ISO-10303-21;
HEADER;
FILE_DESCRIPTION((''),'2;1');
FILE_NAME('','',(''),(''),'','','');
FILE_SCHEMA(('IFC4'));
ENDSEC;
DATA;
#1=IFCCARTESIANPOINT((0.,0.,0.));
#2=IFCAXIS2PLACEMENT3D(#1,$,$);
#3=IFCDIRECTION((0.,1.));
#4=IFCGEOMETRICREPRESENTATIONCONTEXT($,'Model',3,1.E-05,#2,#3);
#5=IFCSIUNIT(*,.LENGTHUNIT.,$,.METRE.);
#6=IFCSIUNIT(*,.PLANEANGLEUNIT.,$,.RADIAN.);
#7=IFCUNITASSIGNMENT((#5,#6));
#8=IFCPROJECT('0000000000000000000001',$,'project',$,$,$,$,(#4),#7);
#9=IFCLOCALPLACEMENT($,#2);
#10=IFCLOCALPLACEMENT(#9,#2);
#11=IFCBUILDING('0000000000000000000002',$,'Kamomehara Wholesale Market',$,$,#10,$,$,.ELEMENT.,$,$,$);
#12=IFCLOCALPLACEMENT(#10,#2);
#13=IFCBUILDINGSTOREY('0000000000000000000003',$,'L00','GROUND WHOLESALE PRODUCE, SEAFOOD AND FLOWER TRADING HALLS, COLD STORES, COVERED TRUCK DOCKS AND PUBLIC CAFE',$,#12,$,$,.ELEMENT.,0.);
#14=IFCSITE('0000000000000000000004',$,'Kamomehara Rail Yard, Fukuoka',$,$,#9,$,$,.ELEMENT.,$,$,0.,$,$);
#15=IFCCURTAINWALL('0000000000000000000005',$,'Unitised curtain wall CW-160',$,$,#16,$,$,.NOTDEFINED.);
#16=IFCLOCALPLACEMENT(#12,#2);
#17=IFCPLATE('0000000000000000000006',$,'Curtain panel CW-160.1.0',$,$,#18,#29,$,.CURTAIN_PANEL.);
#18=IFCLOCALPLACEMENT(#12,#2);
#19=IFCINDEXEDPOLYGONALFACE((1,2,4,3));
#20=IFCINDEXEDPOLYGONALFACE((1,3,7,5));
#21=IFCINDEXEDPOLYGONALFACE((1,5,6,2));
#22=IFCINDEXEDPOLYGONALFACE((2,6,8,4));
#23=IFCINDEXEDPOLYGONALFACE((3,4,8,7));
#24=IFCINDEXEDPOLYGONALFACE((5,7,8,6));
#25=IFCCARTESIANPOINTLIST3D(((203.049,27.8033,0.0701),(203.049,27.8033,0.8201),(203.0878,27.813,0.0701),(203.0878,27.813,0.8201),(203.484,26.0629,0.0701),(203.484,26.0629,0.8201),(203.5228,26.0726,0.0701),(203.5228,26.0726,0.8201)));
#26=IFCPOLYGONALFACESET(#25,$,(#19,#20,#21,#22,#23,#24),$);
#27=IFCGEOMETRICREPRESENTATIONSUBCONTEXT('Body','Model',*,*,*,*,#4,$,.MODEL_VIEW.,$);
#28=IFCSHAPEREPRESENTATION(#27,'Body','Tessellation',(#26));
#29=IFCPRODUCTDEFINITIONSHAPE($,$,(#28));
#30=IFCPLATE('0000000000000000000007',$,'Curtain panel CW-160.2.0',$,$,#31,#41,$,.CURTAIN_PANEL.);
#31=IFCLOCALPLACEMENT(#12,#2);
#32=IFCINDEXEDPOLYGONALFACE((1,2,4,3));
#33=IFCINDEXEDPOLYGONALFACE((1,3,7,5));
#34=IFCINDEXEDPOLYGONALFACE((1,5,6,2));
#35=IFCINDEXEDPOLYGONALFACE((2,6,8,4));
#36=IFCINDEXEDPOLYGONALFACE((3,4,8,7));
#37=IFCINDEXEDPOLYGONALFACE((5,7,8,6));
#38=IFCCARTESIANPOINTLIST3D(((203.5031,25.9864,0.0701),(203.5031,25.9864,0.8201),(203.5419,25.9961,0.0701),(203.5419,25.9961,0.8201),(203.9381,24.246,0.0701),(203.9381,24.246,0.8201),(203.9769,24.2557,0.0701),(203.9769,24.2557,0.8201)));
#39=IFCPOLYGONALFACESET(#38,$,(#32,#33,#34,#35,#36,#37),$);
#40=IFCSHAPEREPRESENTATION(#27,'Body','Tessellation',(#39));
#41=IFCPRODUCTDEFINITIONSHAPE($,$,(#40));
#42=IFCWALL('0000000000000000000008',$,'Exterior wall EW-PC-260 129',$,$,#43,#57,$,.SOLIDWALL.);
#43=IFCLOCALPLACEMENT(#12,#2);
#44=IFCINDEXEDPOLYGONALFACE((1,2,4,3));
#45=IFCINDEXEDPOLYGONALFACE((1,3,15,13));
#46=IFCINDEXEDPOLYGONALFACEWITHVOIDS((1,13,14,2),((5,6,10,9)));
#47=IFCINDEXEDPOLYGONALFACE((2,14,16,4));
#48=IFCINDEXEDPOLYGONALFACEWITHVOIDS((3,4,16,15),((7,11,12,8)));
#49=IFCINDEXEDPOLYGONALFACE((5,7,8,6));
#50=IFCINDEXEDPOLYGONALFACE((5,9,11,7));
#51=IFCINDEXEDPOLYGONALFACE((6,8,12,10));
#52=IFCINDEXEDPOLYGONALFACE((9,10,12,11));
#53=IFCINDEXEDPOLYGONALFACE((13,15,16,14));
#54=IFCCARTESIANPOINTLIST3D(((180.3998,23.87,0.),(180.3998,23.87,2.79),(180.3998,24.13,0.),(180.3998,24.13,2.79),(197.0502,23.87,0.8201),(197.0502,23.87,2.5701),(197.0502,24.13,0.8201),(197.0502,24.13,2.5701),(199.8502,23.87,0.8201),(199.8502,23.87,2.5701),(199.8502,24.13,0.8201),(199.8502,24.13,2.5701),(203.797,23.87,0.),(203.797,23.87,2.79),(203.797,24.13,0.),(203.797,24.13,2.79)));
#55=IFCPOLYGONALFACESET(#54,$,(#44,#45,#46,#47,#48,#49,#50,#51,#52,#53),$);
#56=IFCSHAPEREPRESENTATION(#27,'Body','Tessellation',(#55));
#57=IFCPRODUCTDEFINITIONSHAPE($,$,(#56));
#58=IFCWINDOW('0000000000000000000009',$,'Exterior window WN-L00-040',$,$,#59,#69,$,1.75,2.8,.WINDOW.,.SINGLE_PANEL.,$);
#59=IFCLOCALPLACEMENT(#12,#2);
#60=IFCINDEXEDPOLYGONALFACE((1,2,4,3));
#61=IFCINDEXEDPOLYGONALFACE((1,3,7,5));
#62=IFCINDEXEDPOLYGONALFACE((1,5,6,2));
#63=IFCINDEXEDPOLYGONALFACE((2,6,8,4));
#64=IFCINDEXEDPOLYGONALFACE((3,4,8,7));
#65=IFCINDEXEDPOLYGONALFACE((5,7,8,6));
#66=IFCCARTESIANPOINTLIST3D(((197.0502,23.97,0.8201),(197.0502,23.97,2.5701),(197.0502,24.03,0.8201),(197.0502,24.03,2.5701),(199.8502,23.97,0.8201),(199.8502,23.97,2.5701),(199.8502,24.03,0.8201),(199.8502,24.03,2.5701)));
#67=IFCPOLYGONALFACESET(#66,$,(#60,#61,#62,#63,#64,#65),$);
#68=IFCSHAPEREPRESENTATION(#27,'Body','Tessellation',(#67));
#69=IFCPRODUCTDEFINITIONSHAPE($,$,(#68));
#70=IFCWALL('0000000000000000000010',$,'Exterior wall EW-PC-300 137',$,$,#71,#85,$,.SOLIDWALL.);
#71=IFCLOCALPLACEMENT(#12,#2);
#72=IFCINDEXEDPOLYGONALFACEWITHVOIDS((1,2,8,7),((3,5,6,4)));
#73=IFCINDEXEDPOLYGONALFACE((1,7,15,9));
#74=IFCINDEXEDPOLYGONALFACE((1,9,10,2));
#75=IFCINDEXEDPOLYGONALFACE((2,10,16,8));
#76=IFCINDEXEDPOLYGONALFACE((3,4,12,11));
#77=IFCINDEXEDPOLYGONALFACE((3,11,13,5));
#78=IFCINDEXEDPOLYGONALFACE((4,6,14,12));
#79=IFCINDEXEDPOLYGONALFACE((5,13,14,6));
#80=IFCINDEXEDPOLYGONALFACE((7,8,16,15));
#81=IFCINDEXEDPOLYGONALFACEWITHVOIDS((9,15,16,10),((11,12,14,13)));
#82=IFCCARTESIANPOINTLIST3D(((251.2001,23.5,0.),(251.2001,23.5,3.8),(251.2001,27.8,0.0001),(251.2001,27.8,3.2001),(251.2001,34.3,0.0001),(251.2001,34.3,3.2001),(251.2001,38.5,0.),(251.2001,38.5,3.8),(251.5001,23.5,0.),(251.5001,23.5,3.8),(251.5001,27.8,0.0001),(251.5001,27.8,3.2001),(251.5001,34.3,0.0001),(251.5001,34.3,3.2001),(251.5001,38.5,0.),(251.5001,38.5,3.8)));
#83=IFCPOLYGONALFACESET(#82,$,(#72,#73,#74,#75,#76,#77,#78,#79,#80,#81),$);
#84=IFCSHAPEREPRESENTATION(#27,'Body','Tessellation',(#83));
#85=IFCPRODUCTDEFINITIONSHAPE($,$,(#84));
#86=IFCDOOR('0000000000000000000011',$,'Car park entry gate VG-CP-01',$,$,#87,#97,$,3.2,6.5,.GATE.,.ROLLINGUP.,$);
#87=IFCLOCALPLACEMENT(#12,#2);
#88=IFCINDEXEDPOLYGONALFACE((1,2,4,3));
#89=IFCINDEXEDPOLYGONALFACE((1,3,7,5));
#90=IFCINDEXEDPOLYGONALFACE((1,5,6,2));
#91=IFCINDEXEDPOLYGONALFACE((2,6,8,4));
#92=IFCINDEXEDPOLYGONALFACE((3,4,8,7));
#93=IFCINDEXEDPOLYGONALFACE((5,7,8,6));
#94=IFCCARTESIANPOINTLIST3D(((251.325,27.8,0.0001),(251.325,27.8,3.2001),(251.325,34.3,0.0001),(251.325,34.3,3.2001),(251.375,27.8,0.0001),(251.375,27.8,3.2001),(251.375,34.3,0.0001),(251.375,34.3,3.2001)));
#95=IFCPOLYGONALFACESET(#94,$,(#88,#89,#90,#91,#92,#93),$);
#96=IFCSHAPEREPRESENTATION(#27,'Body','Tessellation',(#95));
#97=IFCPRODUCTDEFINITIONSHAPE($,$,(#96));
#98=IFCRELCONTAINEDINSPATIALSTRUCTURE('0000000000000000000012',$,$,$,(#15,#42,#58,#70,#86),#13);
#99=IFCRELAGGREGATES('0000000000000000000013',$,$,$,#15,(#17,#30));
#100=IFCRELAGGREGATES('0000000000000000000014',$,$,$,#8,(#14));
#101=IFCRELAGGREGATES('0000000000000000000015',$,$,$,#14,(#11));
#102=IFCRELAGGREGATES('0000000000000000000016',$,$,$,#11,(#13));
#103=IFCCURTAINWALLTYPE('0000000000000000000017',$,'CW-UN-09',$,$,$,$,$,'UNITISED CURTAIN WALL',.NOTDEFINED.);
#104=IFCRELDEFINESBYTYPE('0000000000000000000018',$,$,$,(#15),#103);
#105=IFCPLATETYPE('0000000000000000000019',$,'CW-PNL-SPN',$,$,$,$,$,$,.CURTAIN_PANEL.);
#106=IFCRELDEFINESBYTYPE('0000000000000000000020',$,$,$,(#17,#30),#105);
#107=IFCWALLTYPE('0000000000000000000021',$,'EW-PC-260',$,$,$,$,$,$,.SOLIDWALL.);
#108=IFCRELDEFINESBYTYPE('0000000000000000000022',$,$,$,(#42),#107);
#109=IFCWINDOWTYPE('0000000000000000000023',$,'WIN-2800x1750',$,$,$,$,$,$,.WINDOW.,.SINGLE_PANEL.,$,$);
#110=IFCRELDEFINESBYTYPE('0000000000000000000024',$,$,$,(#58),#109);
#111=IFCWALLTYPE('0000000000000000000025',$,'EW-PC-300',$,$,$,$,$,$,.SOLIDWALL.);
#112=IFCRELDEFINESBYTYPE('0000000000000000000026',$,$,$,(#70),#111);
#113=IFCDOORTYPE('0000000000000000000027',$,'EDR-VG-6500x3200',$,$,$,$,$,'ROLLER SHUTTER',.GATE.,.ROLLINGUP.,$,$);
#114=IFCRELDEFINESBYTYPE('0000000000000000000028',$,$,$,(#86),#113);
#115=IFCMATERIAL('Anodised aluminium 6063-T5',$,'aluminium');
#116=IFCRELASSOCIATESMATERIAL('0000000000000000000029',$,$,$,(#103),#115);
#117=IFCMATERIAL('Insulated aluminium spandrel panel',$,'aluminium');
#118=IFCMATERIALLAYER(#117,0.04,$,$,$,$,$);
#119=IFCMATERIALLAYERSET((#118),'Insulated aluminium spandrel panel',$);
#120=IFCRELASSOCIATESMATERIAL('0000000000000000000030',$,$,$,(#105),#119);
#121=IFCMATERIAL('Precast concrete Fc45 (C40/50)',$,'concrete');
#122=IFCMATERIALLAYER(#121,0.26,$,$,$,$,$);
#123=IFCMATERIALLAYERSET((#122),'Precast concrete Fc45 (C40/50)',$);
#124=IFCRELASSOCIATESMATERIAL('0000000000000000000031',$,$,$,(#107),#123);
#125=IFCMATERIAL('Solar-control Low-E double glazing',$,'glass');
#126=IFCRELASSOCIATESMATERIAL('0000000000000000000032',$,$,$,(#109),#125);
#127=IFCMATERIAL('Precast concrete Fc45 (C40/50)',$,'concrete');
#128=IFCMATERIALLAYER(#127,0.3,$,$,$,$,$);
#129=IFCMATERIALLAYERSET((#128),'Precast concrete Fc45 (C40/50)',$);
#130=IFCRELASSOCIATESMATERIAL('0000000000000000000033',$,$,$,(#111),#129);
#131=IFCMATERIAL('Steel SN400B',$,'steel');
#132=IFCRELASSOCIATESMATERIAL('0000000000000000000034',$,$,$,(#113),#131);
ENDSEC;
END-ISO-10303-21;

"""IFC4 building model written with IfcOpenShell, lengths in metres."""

from ifc_helpers import new_model, si_unit, direction, frame, frame_2d, origin, origin_2d, place, context, subcontext, project, spatial, rectangle, extrude, material, layer, layer_set, type_object, element, fill, aggregate, save


model = new_model("IFC4")

# Units and contexts
model_context = context("Model", 3, precision=1e-05, world=origin(), true_north=direction((0.0, 1.0)))
body_context = subcontext(model_context, "Body", "Model", "MODEL_VIEW")
ifc_project = project(units=[si_unit("LENGTHUNIT", "METRE"), si_unit("PLANEANGLEUNIT", "RADIAN")], contexts=[model_context])

# Site, building, storey
site_placement = place(None, origin())
site = spatial("IfcSite", under=ifc_project, at=site_placement, Name="Kamomehara Rail Yard, Fukuoka", CompositionType="ELEMENT", RefElevation=0.0)
building_placement = place(site_placement, origin())
building = spatial("IfcBuilding", under=site, at=building_placement, Name="Kamomehara Wholesale Market", CompositionType="ELEMENT")
storey_placement = place(building_placement, origin())
storey = spatial("IfcBuildingStorey", under=building, at=storey_placement, Name="L00", Description="GROUND WHOLESALE PRODUCE, SEAFOOD AND FLOWER TRADING HALLS, COLD STORES, COVERED TRUCK DOCKS AND PUBLIC CAFE", CompositionType="ELEMENT", Elevation=0.0)

# Shared definitions
ifc_material_1 = material(Name="Anodised aluminium 6063-T5", Category="aluminium")
curtain_wall_type = type_object("IfcCurtainWallType", Name="CW-UN-09", ElementType="UNITISED CURTAIN WALL", PredefinedType="NOTDEFINED", material=ifc_material_1)

# Curtain wall, plates
curtain_wall_1_placement = place(storey_placement, origin())
curtain_wall_1 = element("IfcCurtainWall", 1, at=curtain_wall_1_placement, inside=storey, type_object=curtain_wall_type, Name="Unitised curtain wall CW-160", PredefinedType="NOTDEFINED")
ifc_material_2 = material(Name="Insulated aluminium spandrel panel", Category="aluminium")
ifc_layer_1 = layer(ifc_material_2, 0.04)
ifc_layer_set_1 = layer_set([ifc_layer_1], Name="Insulated aluminium spandrel panel")
plate_type_1 = type_object("IfcPlateType", Name="CW-PNL-SPN", PredefinedType="CURTAIN_PANEL", material=ifc_layer_set_1)
plate_1_placement = place(storey_placement, frame((203.2859, 26.938, 0.0701), z_axis=(0.0, 0.0, 1.0), x_axis=(0.242498, -0.970152, 0.0)))
plate_1 = element("IfcPlate", 2, at=plate_1_placement, type_object=plate_type_1, Name="Curtain panel CW-160.1.0", PredefinedType="CURTAIN_PANEL", context=body_context, shape_type="SweptSolid", body=[
    extrude(rectangle(XDim=1.7939, YDim=0.04, at=origin_2d()), origin(), (0.0, 0.0, 1.0), 0.75),
])
plate_2_placement = place(storey_placement, frame((203.74, 25.1211, 0.0701), z_axis=(0.0, 0.0, 1.0), x_axis=(0.242498, -0.970152, 0.0)))
plate_2 = element("IfcPlate", 3, at=plate_2_placement, type_object=plate_type_1, Name="Curtain panel CW-160.2.0", PredefinedType="CURTAIN_PANEL", context=body_context, shape_type="SweptSolid", body=[
    extrude(rectangle(XDim=1.7939, YDim=0.04, at=origin_2d()), origin(), (0.0, 0.0, 1.0), 0.75),
])
aggregate(curtain_wall_1, [plate_1, plate_2])

# Wall, opening, window
ifc_material_3 = material(Name="Precast concrete Fc45 (C40/50)", Category="concrete")
ifc_layer_2 = layer(ifc_material_3, 0.26)
ifc_layer_set_2 = layer_set([ifc_layer_2], Name="Precast concrete Fc45 (C40/50)")
wall_type_1 = type_object("IfcWallType", Name="EW-PC-260", PredefinedType="SOLIDWALL", material=ifc_layer_set_2)
wall_1_placement = place(storey_placement, frame((203.7971, 24.0, 0.0), z_axis=(0.0, 0.0, 1.0), x_axis=(-1.0, 0.0, 0.0)))
wall_1 = element("IfcWall", 4, at=wall_1_placement, inside=storey, type_object=wall_type_1, Name="Exterior wall EW-PC-260 129", PredefinedType="SOLIDWALL", context=body_context, shape_type="SweptSolid", body=[
    extrude(rectangle(XDim=23.3972, YDim=0.26, at=frame_2d((11.6987, 0.0))), origin(), (0.0, 0.0, 1.0), 2.79),
])
opening_1_placement = place(wall_1_placement, frame((3.947, 0.0, 0.8201)))
opening_1 = element("IfcOpeningElement", 5, at=opening_1_placement, cuts=wall_1, PredefinedType="OPENING", context=body_context, shape_type="SweptSolid", body=[
    extrude(rectangle(XDim=2.8, YDim=1.75, at=frame_2d((1.3999, 0.875))), frame((0.0, 0.145, 0.0), z_axis=(0.0, -1.0, 0.0), x_axis=(1.0, 0.0, 0.0)), (0.0, 0.0, 1.0), 0.2898),
])
ifc_material_4 = material(Name="Solar-control Low-E double glazing", Category="glass")
window_type = type_object("IfcWindowType", Name="WIN-2800x1750", PartitioningType="SINGLE_PANEL", PredefinedType="WINDOW", material=ifc_material_4)
window_placement = place(opening_1_placement, origin())
window = element("IfcWindow", 6, at=window_placement, inside=storey, type_object=window_type, Name="Exterior window WN-L00-040", OverallHeight=1.75, OverallWidth=2.8, PartitioningType="SINGLE_PANEL", PredefinedType="WINDOW", context=body_context, shape_type="SweptSolid", body=[
    extrude(rectangle(XDim=2.8, YDim=1.75, at=frame_2d((1.3999, 0.875))), frame((0.0, 0.03, 0.0), z_axis=(0.0, -1.0, 0.0), x_axis=(1.0, 0.0, 0.0)), (0.0, 0.0, 1.0), 0.0601),
])
fill(opening_1, window)

# Wall, opening, door
ifc_material_5 = material(Name="Precast concrete Fc45 (C40/50)", Category="concrete")
ifc_layer_3 = layer(ifc_material_5, 0.3)
ifc_layer_set_3 = layer_set([ifc_layer_3], Name="Precast concrete Fc45 (C40/50)")
wall_type_2 = type_object("IfcWallType", Name="EW-PC-300", PredefinedType="SOLIDWALL", material=ifc_layer_set_3)
wall_2_placement = place(storey_placement, frame((251.3501, 38.5, 0.0), z_axis=(0.0, 0.0, 1.0), x_axis=(0.0, -1.0, 0.0)))
wall_2 = element("IfcWall", 7, at=wall_2_placement, inside=storey, type_object=wall_type_2, Name="Exterior wall EW-PC-300 137", PredefinedType="SOLIDWALL", context=body_context, shape_type="SweptSolid", body=[
    extrude(rectangle(XDim=15.0, YDim=0.3, at=frame_2d((7.5, 0.0))), origin(), (0.0, 0.0, 1.0), 3.8),
])
opening_2_placement = place(wall_2_placement, frame((4.2, 0.0, 0.0)))
opening_2 = element("IfcOpeningElement", 8, at=opening_2_placement, cuts=wall_2, PredefinedType="OPENING", context=body_context, shape_type="SweptSolid", body=[
    extrude(rectangle(XDim=6.5, YDim=3.2, at=frame_2d((3.25, 1.6001))), frame((0.0, 0.165, 0.0), z_axis=(0.0, -1.0, 0.0), x_axis=(1.0, 0.0, 0.0)), (0.0, 0.0, 1.0), 0.3298),
])
ifc_material_6 = material(Name="Steel SN400B", Category="steel")
door_type = type_object("IfcDoorType", Name="EDR-VG-6500x3200", ElementType="ROLLER SHUTTER", OperationType="ROLLINGUP", PredefinedType="GATE", material=ifc_material_6)
door_placement = place(opening_2_placement, origin())
door = element("IfcDoor", 9, at=door_placement, inside=storey, type_object=door_type, Name="Car park entry gate VG-CP-01", OperationType="ROLLINGUP", OverallHeight=3.2, OverallWidth=6.5, PredefinedType="GATE", context=body_context, shape_type="SweptSolid", body=[
    extrude(rectangle(XDim=6.5, YDim=3.2, at=frame_2d((3.25, 1.6001))), frame((0.0, 0.0249, 0.0), z_axis=(0.0, -1.0, 0.0), x_axis=(1.0, 0.0, 0.0)), (0.0, 0.0, 1.0), 0.05),
])
fill(opening_2, door)

save(model, "model.ifc")
